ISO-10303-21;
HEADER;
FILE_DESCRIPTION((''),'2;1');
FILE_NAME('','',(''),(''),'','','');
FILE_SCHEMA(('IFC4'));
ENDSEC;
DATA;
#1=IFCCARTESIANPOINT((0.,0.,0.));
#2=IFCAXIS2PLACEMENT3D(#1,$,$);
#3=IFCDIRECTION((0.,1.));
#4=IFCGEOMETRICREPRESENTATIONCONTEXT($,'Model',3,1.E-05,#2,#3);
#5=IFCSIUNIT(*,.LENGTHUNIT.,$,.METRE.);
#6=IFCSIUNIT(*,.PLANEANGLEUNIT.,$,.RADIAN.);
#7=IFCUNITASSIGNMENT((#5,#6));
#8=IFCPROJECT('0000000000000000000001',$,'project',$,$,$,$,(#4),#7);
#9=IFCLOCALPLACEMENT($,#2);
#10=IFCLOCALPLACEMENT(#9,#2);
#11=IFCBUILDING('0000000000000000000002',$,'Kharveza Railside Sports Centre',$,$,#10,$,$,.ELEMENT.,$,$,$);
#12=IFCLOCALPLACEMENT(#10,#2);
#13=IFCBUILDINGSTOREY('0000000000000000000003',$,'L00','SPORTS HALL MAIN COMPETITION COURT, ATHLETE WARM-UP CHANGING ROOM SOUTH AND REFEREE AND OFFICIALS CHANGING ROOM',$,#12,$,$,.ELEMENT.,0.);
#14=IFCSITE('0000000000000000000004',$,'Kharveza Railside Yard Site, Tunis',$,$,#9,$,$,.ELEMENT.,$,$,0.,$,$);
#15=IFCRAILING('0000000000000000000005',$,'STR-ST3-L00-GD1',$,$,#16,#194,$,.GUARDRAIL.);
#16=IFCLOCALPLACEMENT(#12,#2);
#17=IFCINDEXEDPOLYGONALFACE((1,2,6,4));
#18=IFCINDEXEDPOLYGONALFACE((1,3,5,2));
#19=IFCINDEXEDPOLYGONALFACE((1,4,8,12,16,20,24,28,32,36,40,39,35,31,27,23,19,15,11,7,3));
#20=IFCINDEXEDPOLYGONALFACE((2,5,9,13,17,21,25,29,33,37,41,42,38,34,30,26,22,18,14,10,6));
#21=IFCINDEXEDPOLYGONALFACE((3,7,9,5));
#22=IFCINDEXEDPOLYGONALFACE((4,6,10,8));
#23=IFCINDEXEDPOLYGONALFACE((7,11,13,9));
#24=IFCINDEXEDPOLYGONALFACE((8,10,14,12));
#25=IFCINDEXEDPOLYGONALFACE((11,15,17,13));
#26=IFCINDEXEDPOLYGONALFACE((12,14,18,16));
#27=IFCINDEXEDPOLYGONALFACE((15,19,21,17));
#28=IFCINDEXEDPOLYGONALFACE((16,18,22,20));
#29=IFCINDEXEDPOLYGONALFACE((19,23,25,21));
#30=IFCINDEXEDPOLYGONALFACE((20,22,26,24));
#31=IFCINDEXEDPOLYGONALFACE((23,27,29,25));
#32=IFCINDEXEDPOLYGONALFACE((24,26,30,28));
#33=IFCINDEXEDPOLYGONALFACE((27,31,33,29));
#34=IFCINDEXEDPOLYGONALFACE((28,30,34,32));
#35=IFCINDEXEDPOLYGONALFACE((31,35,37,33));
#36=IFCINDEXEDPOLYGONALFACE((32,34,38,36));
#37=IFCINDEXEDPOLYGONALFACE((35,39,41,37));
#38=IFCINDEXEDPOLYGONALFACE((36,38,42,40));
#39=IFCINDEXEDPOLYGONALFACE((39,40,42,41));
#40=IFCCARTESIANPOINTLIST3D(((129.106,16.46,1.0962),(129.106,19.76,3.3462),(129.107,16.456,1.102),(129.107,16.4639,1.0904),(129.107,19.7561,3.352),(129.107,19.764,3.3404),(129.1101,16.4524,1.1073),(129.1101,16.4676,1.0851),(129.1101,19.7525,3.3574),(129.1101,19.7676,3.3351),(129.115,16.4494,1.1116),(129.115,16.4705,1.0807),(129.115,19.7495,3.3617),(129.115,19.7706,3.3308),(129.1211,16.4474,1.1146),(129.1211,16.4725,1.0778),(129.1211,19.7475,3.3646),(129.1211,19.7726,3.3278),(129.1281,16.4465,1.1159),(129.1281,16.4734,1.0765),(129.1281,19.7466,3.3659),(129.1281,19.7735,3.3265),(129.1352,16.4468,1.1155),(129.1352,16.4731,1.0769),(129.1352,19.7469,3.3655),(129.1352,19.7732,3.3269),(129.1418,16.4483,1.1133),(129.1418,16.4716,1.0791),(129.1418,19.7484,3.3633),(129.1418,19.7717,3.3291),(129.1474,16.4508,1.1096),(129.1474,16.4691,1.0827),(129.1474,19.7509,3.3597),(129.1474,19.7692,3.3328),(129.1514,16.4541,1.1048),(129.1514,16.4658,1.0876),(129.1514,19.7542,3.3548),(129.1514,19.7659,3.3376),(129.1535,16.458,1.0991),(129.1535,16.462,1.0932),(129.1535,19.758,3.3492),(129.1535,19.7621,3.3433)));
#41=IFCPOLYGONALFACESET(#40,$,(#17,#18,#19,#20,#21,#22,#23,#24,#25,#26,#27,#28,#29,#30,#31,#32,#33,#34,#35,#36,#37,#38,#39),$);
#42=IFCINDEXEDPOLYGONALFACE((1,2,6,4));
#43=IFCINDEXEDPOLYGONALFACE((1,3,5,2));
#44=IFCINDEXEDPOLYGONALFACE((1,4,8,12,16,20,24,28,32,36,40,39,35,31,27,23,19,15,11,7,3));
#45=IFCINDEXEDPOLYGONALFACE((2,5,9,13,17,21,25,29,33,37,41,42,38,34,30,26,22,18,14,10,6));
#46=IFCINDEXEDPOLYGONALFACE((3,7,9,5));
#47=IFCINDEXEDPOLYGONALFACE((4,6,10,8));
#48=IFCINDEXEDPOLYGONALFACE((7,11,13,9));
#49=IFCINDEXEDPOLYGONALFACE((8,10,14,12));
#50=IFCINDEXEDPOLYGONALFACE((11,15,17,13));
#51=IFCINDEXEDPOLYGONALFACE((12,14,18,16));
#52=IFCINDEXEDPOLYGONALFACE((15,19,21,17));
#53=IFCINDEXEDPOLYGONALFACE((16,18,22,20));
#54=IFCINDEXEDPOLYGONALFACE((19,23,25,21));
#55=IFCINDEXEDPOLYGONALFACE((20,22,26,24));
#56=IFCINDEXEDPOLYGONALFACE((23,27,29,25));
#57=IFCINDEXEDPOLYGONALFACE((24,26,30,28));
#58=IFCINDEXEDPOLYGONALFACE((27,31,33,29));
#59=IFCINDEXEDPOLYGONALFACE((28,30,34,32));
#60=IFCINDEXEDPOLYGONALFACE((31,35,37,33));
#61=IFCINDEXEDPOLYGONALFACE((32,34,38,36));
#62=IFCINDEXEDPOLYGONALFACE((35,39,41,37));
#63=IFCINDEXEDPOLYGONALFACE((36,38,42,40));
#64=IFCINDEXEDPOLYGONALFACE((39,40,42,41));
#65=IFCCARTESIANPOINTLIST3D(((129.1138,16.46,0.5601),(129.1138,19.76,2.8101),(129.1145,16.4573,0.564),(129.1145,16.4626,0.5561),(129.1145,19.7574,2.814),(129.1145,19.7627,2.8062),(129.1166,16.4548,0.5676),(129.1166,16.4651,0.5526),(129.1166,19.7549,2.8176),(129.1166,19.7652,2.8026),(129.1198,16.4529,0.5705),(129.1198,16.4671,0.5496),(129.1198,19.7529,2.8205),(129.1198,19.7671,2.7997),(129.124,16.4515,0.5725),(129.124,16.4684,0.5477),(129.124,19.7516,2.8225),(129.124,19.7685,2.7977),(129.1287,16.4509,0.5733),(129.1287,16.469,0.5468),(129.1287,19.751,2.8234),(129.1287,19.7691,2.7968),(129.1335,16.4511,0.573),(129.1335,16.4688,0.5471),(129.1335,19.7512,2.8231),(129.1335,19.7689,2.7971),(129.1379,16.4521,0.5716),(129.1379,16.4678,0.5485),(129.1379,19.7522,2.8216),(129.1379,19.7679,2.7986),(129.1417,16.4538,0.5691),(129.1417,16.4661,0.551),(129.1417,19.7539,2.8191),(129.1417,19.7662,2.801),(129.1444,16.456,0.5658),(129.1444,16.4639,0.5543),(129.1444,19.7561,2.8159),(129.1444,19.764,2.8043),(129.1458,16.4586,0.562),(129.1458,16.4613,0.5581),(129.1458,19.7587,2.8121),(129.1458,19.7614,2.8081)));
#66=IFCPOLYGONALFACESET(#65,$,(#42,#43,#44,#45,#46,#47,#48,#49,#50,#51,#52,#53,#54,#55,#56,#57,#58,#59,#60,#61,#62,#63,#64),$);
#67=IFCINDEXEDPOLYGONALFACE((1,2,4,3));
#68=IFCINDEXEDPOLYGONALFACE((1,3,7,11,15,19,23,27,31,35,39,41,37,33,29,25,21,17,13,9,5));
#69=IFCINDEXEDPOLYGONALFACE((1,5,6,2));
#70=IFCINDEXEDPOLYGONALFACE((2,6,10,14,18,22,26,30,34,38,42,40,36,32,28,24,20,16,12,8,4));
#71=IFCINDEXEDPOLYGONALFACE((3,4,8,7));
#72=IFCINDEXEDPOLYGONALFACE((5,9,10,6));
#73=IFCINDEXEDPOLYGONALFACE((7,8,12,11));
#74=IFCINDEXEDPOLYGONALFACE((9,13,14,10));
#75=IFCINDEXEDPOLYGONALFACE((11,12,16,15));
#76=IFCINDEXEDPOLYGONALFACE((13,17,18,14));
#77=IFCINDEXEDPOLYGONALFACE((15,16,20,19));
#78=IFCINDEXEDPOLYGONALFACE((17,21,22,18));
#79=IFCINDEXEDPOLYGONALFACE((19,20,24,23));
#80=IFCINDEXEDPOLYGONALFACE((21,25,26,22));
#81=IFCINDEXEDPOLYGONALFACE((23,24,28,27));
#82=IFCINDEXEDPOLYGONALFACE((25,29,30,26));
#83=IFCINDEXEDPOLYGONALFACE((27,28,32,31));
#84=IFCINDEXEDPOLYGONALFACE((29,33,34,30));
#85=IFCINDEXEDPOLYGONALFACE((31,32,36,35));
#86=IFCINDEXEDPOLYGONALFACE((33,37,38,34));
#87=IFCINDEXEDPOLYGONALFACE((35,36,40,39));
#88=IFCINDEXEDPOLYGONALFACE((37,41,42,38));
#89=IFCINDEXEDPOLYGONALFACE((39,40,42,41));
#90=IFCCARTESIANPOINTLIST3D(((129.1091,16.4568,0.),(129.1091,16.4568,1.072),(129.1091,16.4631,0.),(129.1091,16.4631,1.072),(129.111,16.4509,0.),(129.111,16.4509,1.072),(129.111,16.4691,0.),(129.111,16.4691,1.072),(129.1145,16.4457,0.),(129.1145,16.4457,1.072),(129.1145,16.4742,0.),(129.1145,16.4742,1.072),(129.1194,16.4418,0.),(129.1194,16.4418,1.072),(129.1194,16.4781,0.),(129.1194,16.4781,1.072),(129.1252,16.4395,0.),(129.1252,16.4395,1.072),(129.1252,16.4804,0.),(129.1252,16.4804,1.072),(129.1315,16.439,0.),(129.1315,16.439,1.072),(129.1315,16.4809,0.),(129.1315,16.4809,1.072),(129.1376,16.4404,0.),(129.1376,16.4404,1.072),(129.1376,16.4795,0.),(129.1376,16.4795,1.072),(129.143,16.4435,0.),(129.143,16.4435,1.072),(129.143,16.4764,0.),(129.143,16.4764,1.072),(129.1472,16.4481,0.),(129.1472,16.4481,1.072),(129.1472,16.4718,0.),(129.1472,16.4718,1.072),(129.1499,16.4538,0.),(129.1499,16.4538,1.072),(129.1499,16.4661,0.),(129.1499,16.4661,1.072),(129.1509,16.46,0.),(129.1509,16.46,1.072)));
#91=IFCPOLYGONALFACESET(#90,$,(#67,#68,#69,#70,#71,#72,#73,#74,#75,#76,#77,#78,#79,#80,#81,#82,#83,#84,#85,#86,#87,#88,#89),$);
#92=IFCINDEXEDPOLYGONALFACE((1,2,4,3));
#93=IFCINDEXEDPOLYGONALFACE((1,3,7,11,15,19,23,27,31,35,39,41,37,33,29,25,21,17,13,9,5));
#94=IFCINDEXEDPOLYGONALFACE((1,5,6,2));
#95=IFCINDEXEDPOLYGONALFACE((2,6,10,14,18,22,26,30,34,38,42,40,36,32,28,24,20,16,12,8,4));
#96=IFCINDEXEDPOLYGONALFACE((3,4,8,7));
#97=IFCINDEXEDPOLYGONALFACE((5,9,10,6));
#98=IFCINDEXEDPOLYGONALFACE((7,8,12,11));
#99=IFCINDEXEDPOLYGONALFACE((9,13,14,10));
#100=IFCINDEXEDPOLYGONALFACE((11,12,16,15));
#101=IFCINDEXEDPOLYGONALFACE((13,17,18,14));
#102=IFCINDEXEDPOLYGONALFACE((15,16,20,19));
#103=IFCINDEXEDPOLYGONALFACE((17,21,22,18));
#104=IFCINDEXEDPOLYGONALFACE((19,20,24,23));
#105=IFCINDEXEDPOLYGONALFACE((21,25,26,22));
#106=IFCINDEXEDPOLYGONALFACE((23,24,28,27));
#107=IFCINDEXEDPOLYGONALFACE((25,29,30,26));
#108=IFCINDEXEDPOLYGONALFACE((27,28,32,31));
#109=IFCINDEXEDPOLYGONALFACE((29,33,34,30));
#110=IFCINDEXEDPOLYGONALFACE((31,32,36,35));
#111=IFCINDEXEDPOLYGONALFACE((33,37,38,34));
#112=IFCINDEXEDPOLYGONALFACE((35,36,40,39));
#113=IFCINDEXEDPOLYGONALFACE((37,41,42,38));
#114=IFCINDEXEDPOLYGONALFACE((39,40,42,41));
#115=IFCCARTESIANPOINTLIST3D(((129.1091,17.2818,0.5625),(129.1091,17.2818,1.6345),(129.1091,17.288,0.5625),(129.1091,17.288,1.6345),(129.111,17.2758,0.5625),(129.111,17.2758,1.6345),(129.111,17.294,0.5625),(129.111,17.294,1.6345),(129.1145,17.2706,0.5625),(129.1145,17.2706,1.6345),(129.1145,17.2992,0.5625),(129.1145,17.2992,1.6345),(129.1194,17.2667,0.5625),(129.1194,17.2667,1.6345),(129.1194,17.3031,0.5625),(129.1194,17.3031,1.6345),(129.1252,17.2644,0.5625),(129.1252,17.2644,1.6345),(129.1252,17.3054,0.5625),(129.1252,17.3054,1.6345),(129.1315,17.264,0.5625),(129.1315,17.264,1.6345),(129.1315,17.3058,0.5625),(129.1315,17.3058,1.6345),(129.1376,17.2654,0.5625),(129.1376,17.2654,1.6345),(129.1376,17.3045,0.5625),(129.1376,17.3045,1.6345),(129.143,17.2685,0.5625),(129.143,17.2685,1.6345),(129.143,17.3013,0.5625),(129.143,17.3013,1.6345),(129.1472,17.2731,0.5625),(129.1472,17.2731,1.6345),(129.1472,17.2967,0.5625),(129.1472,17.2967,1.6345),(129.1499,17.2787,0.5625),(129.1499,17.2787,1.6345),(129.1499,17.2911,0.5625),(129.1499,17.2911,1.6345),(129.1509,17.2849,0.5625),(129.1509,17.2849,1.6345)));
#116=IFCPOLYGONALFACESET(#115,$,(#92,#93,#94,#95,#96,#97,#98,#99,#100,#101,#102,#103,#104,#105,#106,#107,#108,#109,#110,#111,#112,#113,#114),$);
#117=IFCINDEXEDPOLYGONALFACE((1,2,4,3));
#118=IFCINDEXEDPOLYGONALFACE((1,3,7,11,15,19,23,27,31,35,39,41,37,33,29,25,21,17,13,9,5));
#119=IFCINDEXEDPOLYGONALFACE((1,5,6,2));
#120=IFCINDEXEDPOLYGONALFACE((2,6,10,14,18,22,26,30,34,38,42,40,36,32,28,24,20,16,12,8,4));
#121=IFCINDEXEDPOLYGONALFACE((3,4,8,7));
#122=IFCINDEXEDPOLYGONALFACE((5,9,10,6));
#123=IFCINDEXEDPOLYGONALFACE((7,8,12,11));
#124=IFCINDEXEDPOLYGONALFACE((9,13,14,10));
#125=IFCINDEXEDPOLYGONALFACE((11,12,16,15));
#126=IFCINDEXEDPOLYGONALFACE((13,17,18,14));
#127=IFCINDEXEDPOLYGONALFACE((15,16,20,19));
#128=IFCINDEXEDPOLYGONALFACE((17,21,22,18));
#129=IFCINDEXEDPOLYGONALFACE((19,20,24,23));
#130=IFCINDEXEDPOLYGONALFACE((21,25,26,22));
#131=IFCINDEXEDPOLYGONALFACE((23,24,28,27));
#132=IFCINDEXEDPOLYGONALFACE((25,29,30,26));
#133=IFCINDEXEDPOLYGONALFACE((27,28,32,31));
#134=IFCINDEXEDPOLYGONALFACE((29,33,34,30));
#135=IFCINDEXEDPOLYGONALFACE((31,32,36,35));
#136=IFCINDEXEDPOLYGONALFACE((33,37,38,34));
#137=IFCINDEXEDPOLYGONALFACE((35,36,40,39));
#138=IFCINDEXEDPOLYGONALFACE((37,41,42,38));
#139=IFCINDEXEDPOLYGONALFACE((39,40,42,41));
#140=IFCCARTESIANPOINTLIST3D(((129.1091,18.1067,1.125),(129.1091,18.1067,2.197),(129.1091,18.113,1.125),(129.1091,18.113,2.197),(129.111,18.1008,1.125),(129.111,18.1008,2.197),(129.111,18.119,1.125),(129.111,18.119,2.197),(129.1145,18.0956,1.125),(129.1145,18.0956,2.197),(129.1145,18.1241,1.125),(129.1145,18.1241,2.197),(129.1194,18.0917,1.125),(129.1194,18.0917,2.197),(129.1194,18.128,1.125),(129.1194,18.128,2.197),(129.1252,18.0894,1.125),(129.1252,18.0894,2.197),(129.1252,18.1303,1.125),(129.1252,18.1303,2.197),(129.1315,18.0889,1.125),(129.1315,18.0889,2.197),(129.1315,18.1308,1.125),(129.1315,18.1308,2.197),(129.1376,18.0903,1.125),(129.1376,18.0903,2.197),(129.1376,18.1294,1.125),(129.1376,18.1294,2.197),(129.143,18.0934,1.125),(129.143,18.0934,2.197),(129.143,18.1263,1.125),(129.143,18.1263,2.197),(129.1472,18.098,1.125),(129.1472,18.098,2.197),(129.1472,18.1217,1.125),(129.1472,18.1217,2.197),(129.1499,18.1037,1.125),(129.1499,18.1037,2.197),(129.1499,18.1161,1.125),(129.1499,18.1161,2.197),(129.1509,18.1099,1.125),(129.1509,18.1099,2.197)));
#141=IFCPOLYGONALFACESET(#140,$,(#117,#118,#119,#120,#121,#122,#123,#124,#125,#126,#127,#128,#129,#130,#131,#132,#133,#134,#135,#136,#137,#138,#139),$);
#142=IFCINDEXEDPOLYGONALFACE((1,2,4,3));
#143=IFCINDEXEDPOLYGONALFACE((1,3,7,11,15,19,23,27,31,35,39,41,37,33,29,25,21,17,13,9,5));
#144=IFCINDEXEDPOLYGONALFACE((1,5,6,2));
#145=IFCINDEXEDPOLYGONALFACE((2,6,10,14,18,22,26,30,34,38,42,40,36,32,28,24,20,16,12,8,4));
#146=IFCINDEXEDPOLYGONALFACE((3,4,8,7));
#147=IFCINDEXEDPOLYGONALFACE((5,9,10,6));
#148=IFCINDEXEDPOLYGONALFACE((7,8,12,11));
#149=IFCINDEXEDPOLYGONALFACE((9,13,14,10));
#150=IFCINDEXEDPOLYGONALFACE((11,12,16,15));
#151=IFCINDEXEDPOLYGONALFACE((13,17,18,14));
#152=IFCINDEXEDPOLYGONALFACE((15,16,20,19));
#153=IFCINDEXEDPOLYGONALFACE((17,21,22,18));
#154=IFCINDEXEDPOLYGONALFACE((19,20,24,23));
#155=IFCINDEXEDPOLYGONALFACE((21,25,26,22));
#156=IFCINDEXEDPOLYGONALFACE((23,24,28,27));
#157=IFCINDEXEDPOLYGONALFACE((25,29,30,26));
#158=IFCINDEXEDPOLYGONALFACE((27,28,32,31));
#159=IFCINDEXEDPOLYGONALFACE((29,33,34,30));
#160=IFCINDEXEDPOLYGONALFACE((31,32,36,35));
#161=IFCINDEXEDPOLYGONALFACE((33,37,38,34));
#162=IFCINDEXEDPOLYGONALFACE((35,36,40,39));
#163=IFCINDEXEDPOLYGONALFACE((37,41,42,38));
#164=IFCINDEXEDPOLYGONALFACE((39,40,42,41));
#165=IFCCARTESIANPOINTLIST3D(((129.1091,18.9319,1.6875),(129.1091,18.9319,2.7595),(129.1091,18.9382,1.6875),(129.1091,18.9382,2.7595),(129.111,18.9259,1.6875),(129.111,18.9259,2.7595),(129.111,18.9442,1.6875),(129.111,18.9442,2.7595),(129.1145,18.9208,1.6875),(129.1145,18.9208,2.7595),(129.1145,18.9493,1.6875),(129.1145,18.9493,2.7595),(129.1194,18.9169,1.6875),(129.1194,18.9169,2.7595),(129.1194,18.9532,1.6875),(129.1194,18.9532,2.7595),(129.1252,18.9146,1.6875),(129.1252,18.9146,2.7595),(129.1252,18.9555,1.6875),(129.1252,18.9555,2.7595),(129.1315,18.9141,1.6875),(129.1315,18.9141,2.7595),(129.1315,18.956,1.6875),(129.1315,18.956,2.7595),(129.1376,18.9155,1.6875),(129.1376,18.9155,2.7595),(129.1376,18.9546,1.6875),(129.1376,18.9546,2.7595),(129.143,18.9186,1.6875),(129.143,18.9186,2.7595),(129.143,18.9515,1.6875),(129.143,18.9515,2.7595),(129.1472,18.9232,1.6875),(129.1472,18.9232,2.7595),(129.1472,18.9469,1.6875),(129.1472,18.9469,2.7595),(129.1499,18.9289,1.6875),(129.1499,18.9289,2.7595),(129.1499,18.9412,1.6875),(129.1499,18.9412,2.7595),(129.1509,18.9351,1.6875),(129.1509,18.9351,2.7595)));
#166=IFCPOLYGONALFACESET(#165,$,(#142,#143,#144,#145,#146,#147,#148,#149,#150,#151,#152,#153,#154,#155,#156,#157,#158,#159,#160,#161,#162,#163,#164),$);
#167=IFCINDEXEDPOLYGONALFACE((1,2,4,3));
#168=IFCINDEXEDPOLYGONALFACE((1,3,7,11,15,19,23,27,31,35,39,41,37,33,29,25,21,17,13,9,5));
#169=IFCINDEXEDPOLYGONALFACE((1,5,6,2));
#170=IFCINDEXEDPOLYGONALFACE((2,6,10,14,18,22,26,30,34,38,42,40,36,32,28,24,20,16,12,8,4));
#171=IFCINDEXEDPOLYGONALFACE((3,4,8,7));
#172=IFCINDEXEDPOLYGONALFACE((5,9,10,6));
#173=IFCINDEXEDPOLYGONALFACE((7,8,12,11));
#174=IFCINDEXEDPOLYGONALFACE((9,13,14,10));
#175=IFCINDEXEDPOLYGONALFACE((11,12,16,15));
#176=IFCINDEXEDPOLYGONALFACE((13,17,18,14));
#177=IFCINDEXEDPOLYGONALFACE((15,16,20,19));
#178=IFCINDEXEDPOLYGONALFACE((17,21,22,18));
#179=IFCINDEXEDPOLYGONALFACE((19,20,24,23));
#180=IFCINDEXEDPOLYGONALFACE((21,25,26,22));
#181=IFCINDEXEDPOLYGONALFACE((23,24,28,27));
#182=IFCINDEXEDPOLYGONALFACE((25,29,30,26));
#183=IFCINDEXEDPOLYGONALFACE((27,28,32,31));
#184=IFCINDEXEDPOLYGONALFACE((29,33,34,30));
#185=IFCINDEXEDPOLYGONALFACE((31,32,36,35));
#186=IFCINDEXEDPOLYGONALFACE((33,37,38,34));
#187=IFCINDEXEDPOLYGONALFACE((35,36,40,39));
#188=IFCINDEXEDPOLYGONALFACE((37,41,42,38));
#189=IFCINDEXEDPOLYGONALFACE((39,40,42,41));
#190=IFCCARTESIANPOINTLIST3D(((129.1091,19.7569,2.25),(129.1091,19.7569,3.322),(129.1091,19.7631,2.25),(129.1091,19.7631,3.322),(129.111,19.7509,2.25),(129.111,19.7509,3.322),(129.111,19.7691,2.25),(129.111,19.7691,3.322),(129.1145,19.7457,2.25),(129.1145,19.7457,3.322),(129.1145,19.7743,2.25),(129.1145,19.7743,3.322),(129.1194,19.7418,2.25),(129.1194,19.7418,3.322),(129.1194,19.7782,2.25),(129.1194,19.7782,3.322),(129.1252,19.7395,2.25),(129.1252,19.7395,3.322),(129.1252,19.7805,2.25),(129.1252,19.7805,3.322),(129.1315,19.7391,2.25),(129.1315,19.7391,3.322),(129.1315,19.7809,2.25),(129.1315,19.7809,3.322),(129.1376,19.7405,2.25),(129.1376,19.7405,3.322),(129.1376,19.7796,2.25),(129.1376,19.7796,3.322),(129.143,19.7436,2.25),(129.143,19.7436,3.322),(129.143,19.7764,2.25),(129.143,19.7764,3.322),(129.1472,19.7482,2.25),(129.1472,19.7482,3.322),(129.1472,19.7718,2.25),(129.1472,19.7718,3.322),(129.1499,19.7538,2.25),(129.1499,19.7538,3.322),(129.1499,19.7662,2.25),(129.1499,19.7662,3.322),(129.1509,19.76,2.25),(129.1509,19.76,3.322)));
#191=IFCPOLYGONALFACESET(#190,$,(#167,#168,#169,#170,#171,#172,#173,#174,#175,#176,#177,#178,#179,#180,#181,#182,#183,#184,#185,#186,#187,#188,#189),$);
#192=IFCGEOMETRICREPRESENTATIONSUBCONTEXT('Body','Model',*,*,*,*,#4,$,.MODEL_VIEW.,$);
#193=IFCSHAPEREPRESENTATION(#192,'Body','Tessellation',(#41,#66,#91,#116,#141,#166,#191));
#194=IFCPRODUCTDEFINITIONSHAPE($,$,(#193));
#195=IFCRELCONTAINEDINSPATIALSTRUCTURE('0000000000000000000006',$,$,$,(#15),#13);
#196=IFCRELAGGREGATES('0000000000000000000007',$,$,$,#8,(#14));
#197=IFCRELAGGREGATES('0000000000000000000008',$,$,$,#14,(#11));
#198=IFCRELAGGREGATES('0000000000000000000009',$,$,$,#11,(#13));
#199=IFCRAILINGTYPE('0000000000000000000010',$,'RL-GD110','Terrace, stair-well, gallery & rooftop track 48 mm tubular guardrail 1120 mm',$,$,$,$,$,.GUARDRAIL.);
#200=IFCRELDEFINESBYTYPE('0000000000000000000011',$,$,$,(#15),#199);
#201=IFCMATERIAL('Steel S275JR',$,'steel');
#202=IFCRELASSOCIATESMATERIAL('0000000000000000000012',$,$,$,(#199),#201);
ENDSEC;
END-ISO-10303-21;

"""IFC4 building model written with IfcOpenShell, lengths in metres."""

from ifc_helpers import new_model, si_unit, direction, frame, origin, origin_2d, place, context, subcontext, project, spatial, circle, extrude, material, type_object, element, save


model = new_model("IFC4")

# Units and contexts
model_context = context("Model", 3, precision=1e-05, world=origin(), true_north=direction((0.0, 1.0)))
body_context = subcontext(model_context, "Body", "Model", "MODEL_VIEW")
ifc_project = project(units=[si_unit("LENGTHUNIT", "METRE"), si_unit("PLANEANGLEUNIT", "RADIAN")], contexts=[model_context])

# Site, building, storey
site_placement = place(None, origin())
site = spatial("IfcSite", under=ifc_project, at=site_placement, Name="Kharveza Railside Yard Site, Tunis", CompositionType="ELEMENT", RefElevation=0.0)
building_placement = place(site_placement, origin())
building = spatial("IfcBuilding", under=site, at=building_placement, Name="Kharveza Railside Sports Centre", CompositionType="ELEMENT")
storey_placement = place(building_placement, origin())
storey = spatial("IfcBuildingStorey", under=building, at=storey_placement, Name="L00", Description="SPORTS HALL MAIN COMPETITION COURT, ATHLETE WARM-UP CHANGING ROOM SOUTH AND REFEREE AND OFFICIALS CHANGING ROOM", CompositionType="ELEMENT", Elevation=0.0)

# Railing
ifc_material_1 = material(Name="Steel S275JR", Category="steel")
railing_type_1 = type_object("IfcRailingType", Name="RL-GD110", Description="Terrace, stair-well, gallery & rooftop track 48 mm tubular guardrail 1120 mm", PredefinedType="GUARDRAIL", material=ifc_material_1)
railing_1_placement = place(storey_placement, frame((129.1299, 16.46, 0.0)))
element("IfcRailing", 1, at=railing_1_placement, inside=storey, type_object=railing_type_1, Name="STR-ST3-L00-GD1", PredefinedType="GUARDRAIL", context=body_context, shape_type="SweptSolid", body=[
    extrude(circle(Radius=0.0239, at=origin_2d()), frame((0.0, 0.0, 1.0962), z_axis=(0.0, 0.826231, 0.563331), x_axis=(-1.0, 0.0, 0.0)), (0.0, 0.0, 1.0), 3.9941),
    extrude(circle(Radius=0.0161, at=origin_2d()), frame((0.0, 0.0, 0.5601), z_axis=(0.0, 0.826231, 0.563331), x_axis=(-1.0, 0.0, 0.0)), (0.0, 0.0, 1.0), 3.9941),
    extrude(circle(Radius=0.021, at=origin_2d()), origin(), (0.0, 0.0, 1.0), 1.072),
    extrude(circle(Radius=0.021, at=origin_2d()), frame((0.0, 0.825, 0.5625)), (0.0, 0.0, 1.0), 1.072),
    extrude(circle(Radius=0.021, at=origin_2d()), frame((0.0, 1.6499, 1.125)), (0.0, 0.0, 1.0), 1.072),
    extrude(circle(Radius=0.021, at=origin_2d()), frame((0.0, 2.4751, 1.6875)), (0.0, 0.0, 1.0), 1.072),
    extrude(circle(Radius=0.021, at=origin_2d()), frame((0.0, 3.3, 2.25)), (0.0, 0.0, 1.0), 1.072),
])

save(model, "model.ifc")
